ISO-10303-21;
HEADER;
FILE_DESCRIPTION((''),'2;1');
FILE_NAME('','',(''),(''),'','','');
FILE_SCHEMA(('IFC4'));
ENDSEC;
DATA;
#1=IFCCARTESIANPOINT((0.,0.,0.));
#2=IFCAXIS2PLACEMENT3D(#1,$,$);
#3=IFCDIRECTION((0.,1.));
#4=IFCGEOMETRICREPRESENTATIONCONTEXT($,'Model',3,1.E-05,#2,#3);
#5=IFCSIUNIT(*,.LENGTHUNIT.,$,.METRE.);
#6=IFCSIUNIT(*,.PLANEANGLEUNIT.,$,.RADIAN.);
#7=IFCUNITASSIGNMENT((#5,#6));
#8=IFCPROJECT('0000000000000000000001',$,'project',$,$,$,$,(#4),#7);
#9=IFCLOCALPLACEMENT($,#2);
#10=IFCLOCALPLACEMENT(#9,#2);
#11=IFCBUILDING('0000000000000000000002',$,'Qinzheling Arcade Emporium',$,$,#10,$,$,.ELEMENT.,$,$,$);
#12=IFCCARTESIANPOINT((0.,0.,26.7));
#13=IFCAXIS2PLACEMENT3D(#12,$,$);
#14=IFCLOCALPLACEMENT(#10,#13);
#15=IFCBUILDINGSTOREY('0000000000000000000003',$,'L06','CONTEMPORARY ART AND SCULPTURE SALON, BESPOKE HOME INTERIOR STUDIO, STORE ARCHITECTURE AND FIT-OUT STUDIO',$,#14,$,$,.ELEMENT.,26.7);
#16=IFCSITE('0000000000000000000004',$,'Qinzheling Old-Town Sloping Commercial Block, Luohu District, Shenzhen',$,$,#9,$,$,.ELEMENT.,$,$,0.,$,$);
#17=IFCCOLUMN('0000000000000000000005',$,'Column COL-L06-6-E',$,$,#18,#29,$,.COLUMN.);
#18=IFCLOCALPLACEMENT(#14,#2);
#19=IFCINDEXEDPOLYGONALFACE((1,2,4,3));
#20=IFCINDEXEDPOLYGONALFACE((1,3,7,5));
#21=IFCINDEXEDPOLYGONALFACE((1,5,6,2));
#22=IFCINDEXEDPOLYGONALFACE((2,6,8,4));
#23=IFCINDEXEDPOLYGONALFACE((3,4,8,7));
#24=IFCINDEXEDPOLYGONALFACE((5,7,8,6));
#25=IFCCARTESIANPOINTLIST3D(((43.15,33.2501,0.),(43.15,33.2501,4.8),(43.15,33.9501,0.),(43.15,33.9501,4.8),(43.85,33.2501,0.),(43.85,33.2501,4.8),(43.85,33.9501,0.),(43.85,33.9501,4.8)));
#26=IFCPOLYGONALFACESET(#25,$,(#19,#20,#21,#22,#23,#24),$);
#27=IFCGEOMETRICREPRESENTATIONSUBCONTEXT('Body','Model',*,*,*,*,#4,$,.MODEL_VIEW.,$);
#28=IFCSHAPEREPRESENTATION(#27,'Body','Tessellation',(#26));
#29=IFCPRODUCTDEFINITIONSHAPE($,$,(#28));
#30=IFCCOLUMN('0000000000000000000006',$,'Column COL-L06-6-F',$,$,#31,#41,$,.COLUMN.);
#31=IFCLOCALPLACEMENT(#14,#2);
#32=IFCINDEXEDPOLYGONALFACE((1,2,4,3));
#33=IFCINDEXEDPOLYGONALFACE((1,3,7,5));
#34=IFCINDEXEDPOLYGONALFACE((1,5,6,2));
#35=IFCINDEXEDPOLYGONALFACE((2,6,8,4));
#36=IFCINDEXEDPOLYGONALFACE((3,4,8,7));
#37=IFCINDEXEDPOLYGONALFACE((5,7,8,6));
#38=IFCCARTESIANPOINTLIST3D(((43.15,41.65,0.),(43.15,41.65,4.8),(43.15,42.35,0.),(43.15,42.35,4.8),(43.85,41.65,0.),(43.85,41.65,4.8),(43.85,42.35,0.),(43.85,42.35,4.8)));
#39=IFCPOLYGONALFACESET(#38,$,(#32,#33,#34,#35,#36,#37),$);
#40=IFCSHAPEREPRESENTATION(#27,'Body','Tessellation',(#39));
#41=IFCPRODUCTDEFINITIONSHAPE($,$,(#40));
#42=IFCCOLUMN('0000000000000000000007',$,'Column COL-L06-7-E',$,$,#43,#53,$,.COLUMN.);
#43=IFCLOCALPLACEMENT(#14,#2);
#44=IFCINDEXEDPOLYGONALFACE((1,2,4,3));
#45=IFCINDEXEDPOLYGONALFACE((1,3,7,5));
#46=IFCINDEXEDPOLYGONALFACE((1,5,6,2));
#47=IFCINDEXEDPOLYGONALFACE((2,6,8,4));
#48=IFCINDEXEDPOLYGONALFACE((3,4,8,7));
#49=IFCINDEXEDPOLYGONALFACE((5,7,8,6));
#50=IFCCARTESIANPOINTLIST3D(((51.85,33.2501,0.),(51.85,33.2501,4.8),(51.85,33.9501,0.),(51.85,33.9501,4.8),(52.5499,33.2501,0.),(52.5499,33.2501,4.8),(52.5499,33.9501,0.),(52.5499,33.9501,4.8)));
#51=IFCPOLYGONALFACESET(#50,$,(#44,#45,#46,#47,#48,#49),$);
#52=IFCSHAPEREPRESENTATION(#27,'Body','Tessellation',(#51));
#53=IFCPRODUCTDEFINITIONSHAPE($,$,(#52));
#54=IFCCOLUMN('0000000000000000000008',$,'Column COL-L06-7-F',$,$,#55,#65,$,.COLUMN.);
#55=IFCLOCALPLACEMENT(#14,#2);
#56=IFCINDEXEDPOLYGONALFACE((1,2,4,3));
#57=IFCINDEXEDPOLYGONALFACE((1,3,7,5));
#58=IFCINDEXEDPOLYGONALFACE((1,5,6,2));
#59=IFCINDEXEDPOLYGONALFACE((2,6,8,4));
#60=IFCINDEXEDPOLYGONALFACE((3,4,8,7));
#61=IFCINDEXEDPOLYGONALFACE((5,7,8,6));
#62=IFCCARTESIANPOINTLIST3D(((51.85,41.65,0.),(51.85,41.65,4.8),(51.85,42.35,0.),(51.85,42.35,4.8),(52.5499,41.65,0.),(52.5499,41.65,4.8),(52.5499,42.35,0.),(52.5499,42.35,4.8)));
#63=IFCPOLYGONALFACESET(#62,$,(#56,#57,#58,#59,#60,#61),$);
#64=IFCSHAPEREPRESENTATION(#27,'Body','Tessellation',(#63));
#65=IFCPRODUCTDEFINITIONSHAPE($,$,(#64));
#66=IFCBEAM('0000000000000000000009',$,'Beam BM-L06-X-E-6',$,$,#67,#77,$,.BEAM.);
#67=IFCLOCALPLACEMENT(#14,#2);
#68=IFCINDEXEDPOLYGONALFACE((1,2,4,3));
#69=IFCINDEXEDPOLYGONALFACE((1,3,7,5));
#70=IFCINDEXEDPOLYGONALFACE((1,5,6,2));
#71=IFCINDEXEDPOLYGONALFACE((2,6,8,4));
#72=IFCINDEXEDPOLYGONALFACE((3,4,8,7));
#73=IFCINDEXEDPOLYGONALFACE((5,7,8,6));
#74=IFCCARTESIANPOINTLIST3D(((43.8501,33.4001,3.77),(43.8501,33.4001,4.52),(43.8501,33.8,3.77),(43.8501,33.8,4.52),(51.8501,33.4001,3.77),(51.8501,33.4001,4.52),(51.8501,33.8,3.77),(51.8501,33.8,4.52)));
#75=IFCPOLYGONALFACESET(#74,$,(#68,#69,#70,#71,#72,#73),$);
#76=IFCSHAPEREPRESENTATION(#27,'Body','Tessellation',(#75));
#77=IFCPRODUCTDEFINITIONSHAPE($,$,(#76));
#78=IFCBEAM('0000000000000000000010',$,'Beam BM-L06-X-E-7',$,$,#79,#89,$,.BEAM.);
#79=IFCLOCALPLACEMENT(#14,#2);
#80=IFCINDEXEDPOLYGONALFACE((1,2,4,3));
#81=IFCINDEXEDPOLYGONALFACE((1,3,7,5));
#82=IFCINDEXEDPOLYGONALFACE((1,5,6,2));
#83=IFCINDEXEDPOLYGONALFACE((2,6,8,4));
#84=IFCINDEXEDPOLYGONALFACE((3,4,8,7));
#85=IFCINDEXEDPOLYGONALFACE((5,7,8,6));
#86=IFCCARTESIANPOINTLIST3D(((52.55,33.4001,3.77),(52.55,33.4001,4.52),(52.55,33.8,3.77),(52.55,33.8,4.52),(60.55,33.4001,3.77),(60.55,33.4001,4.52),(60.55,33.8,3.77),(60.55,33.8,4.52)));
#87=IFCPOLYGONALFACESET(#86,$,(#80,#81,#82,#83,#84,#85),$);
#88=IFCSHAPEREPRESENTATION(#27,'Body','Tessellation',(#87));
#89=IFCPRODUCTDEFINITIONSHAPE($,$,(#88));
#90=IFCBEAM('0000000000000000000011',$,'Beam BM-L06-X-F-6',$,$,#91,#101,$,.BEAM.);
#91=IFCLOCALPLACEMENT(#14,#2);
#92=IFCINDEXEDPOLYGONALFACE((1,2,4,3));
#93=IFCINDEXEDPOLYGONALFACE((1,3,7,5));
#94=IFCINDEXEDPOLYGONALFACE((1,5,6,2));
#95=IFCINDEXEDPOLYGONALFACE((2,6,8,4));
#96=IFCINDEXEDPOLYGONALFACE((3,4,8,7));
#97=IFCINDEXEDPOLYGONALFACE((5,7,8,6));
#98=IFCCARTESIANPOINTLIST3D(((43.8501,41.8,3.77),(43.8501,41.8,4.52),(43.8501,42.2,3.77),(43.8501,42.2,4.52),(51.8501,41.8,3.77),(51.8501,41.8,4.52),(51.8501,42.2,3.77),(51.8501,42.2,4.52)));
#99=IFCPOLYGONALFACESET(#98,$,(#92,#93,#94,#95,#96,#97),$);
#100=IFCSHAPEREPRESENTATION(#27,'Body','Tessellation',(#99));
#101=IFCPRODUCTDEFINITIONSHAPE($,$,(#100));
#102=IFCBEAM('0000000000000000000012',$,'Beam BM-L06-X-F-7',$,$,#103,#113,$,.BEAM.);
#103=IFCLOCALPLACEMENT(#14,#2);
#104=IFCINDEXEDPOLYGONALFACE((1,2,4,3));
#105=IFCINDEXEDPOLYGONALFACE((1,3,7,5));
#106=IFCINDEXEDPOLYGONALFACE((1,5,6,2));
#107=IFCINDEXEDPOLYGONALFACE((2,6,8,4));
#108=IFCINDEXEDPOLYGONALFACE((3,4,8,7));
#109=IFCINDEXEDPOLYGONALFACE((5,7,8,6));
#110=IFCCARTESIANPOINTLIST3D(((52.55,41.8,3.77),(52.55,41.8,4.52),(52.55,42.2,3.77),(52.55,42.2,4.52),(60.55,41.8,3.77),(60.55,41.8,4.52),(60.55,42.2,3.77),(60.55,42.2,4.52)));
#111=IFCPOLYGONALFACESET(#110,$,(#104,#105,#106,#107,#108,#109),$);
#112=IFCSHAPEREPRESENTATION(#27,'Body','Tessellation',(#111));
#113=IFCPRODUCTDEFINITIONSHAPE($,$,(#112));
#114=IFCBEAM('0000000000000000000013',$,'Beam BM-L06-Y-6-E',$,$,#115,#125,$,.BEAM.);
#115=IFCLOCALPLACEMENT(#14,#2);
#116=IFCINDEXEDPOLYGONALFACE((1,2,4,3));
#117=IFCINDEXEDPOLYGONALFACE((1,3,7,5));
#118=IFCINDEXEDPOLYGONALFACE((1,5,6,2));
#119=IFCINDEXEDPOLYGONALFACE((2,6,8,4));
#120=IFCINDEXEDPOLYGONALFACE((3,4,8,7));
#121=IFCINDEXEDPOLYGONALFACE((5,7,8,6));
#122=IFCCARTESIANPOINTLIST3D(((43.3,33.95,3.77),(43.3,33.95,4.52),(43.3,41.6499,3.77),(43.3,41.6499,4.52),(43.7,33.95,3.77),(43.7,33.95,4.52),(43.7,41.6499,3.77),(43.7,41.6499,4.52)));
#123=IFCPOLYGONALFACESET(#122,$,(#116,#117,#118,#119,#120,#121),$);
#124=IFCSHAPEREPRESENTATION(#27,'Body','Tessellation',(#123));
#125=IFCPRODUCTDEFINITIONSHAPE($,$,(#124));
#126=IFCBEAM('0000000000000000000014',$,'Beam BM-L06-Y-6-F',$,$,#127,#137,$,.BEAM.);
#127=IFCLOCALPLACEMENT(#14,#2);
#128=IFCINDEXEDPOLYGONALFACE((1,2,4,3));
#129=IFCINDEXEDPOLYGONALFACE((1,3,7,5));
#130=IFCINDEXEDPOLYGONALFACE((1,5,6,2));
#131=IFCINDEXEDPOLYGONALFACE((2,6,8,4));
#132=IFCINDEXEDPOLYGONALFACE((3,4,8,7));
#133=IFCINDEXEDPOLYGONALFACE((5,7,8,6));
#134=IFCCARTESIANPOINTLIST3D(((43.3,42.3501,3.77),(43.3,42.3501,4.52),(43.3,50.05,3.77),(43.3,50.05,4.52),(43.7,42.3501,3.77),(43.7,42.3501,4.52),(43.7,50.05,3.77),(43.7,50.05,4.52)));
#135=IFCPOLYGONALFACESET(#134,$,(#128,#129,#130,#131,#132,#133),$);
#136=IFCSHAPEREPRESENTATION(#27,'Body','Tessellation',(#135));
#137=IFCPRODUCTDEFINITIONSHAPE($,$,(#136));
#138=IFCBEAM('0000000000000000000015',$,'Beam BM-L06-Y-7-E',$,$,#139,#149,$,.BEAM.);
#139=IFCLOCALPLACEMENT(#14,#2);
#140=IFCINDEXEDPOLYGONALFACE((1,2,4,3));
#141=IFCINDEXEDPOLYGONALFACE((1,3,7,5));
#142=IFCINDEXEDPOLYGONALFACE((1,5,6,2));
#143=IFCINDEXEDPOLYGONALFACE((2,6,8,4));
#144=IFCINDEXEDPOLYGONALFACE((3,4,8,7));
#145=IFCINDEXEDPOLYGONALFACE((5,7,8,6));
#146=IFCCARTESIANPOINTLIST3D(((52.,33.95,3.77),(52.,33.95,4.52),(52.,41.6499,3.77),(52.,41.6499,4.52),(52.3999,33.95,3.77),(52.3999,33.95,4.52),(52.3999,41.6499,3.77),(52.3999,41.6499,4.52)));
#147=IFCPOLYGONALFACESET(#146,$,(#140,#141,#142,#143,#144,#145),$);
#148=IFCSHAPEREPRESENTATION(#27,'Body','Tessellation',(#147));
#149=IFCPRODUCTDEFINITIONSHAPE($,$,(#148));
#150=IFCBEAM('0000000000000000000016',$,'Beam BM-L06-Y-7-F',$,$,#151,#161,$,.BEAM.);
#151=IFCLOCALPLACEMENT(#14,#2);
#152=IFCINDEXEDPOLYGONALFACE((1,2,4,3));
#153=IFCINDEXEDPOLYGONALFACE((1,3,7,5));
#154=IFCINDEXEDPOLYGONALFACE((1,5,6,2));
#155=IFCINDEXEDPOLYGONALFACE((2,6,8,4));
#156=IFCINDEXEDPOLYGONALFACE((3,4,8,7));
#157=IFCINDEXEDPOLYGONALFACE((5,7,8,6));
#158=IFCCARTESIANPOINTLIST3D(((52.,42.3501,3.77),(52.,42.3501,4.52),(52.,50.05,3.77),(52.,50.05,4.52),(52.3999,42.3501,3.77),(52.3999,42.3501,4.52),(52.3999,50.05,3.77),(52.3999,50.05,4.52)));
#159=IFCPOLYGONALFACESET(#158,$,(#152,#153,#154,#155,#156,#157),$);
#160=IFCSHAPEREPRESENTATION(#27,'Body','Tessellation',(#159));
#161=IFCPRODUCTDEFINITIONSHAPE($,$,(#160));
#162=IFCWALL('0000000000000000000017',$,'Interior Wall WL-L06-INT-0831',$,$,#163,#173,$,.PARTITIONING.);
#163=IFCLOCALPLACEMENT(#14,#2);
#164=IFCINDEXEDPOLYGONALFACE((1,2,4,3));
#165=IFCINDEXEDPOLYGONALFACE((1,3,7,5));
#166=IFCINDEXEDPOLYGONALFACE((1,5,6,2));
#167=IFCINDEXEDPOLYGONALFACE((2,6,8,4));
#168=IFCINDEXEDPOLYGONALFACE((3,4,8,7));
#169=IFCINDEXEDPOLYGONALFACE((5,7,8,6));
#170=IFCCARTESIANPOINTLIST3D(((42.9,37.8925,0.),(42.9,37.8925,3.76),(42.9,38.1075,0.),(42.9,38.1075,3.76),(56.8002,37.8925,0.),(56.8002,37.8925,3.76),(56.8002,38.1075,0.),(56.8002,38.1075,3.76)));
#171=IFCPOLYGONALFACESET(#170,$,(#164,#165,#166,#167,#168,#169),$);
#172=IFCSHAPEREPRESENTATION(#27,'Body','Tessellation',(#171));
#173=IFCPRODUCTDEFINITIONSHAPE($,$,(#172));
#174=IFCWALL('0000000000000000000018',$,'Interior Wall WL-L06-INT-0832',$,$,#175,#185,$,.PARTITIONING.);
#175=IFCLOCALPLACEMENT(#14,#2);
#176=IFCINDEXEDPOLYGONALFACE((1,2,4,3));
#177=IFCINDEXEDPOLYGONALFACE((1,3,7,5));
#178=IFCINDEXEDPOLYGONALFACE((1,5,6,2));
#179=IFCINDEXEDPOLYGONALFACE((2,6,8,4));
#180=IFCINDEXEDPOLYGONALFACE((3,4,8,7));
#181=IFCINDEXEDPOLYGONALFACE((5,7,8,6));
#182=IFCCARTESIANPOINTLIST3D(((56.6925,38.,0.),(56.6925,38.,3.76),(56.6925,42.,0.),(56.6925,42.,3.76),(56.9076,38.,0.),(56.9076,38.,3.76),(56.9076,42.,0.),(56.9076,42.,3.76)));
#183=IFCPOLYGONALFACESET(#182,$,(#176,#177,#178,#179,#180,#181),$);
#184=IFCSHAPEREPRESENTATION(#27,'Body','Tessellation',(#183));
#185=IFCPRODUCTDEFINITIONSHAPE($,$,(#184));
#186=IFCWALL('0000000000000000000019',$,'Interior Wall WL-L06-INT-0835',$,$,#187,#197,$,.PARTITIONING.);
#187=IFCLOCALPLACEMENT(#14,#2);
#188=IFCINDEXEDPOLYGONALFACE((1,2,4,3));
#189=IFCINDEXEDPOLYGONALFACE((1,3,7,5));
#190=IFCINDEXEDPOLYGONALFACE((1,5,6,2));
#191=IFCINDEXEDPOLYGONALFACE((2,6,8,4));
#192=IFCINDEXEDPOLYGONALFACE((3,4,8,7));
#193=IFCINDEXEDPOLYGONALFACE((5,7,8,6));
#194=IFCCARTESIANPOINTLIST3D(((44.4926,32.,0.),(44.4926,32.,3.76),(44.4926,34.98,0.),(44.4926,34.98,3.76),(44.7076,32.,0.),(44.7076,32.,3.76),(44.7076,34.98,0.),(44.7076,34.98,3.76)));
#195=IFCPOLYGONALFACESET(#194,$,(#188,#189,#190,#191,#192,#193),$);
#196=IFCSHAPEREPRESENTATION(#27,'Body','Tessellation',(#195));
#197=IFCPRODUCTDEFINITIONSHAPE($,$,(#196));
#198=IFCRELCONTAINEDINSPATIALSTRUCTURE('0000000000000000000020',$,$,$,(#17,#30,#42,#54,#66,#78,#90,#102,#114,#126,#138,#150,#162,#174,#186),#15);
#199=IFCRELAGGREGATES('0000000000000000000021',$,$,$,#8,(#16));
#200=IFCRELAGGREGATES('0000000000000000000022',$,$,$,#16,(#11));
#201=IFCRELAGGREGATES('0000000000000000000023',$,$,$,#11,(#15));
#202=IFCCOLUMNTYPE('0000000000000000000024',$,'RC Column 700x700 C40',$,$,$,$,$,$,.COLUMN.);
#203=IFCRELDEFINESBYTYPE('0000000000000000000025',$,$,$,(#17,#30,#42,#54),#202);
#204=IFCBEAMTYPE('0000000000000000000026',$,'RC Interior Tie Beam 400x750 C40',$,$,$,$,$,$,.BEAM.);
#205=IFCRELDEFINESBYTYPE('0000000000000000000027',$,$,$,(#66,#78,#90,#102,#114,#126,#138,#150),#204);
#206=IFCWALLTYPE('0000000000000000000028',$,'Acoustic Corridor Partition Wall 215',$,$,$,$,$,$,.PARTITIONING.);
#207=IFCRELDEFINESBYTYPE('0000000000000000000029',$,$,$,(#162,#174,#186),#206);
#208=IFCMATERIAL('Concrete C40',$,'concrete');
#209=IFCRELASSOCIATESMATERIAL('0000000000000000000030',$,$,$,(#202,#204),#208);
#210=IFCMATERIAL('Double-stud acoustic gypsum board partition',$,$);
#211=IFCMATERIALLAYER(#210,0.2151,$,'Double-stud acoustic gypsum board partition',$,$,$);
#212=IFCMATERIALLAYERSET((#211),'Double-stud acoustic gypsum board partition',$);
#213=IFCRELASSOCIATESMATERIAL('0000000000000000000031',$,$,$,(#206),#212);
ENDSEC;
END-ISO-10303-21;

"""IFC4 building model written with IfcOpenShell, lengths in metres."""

from ifc_helpers import new_model, si_unit, direction, frame, frame_2d, origin, origin_2d, place, context, subcontext, project, spatial, rectangle, extrude, material, layer, layer_set, material_profile, profile_set, type_object, element, save


model = new_model("IFC4")

# Units and contexts
model_context = context("Model", 3, precision=1e-05, world=origin(), true_north=direction((0.0, 1.0)))
body_context = subcontext(model_context, "Body", "Model", "MODEL_VIEW")
ifc_project = project(units=[si_unit("LENGTHUNIT", "METRE"), si_unit("PLANEANGLEUNIT", "RADIAN")], contexts=[model_context])

# Site, building, storey
site_placement = place(None, origin())
site = spatial("IfcSite", under=ifc_project, at=site_placement, Name="Qinzheling Old-Town Sloping Commercial Block, Luohu District, Shenzhen", CompositionType="ELEMENT", RefElevation=0.0)
building_placement = place(site_placement, origin())
building = spatial("IfcBuilding", under=site, at=building_placement, Name="Qinzheling Arcade Emporium", CompositionType="ELEMENT")
storey_placement = place(building_placement, frame((0.0, 0.0, 26.7)))
storey = spatial("IfcBuildingStorey", under=building, at=storey_placement, Name="L06", Description="CONTEMPORARY ART AND SCULPTURE SALON, BESPOKE HOME INTERIOR STUDIO, STORE ARCHITECTURE AND FIT-OUT STUDIO", CompositionType="ELEMENT", Elevation=26.7)

# Columns
ifc_material_1 = material(Name="Concrete C40", Category="concrete")
ifc_material_profile_1 = material_profile(ifc_material_1, rectangle(XDim=0.7, YDim=0.7, at=origin_2d()), Name="RC 700x700", Category="concrete")
ifc_profile_set_1 = profile_set([ifc_material_profile_1], Name="Concrete C40")
column_type = type_object("IfcColumnType", Name="RC Column 700x700 C40", PredefinedType="COLUMN", material=ifc_profile_set_1)
for number, where, z_axis, x_axis, name in (
    (1, (43.5, 33.6001, 0.0), (0.0, 0.0, 1.0), (1.0, 0.0, 0.0), "Column COL-L06-6-E"),
    (2, (43.5, 42.0, 0.0), (0.0, 0.0, 1.0), (1.0, 0.0, 0.0), "Column COL-L06-6-F"),
    (3, (52.2, 33.6001, 0.0), (0.0, 0.0, 1.0), (1.0, 0.0, 0.0), "Column COL-L06-7-E"),
    (4, (52.2, 42.0, 0.0), (0.0, 0.0, 1.0), (1.0, 0.0, 0.0), "Column COL-L06-7-F"),
):
    element("IfcColumn", number, at=place(storey_placement, frame(where, z_axis=z_axis, x_axis=x_axis)), inside=storey, type_object=column_type, Name=name, PredefinedType="COLUMN", context=body_context, shape_type="SweptSolid", body=[
        extrude(rectangle(XDim=0.7, YDim=0.7, at=origin_2d()), origin(), (0.0, 0.0, 1.0), 4.8),
    ])

# Beams
ifc_material_profile_2 = material_profile(ifc_material_1, rectangle(XDim=0.3999, YDim=0.75, at=origin_2d()), Name="RC 400x750", Category="concrete")
ifc_profile_set_2 = profile_set([ifc_material_profile_2], Name="Concrete C40")
beam_type = type_object("IfcBeamType", Name="RC Interior Tie Beam 400x750 C40", PredefinedType="BEAM", material=ifc_profile_set_2)
for number, where, z_axis, x_axis, name in (
    (5, (43.8501, 33.6001, 4.145), (1.0, 0.0, 0.0), (0.0, 1.0, 0.0), "Beam BM-L06-X-E-6"),
    (6, (52.55, 33.6001, 4.145), (1.0, 0.0, 0.0), (0.0, 1.0, 0.0), "Beam BM-L06-X-E-7"),
    (7, (43.8501, 42.0, 4.145), (1.0, 0.0, 0.0), (0.0, 1.0, 0.0), "Beam BM-L06-X-F-6"),
    (8, (52.55, 42.0, 4.145), (1.0, 0.0, 0.0), (0.0, 1.0, 0.0), "Beam BM-L06-X-F-7"),
):
    element("IfcBeam", number, at=place(storey_placement, frame(where, z_axis=z_axis, x_axis=x_axis)), inside=storey, type_object=beam_type, Name=name, PredefinedType="BEAM", context=body_context, shape_type="SweptSolid", body=[
        extrude(rectangle(XDim=0.3999, YDim=0.75, at=origin_2d()), origin(), (0.0, 0.0, 1.0), 8.0),
    ])
for number, where, z_axis, x_axis, name in (
    (9, (43.5, 33.95, 4.145), (0.0, 1.0, 0.0), (-1.0, 0.0, 0.0), "Beam BM-L06-Y-6-E"),
    (10, (43.5, 42.3501, 4.145), (0.0, 1.0, 0.0), (-1.0, 0.0, 0.0), "Beam BM-L06-Y-6-F"),
    (11, (52.2, 33.95, 4.145), (0.0, 1.0, 0.0), (-1.0, 0.0, 0.0), "Beam BM-L06-Y-7-E"),
    (12, (52.2, 42.3501, 4.145), (0.0, 1.0, 0.0), (-1.0, 0.0, 0.0), "Beam BM-L06-Y-7-F"),
):
    element("IfcBeam", number, at=place(storey_placement, frame(where, z_axis=z_axis, x_axis=x_axis)), inside=storey, type_object=beam_type, Name=name, PredefinedType="BEAM", context=body_context, shape_type="SweptSolid", body=[
        extrude(rectangle(XDim=0.3999, YDim=0.75, at=origin_2d()), origin(), (0.0, 0.0, 1.0), 7.7),
    ])

# Walls
ifc_material_2 = material(Name="Double-stud acoustic gypsum board partition")
ifc_layer_1 = layer(ifc_material_2, 0.2151, Name="Double-stud acoustic gypsum board partition")
ifc_layer_set_1 = layer_set([ifc_layer_1], Name="Double-stud acoustic gypsum board partition")
wall_type_1 = type_object("IfcWallType", Name="Acoustic Corridor Partition Wall 215", PredefinedType="PARTITIONING", material=ifc_layer_set_1)
wall_1_placement = place(storey_placement, frame((42.8999, 38.0, 0.0), z_axis=(0.0, 0.0, 1.0), x_axis=(1.0, 0.0, 0.0)))
element("IfcWall", 13, at=wall_1_placement, inside=storey, type_object=wall_type_1, Name="Interior Wall WL-L06-INT-0831", PredefinedType="PARTITIONING", context=body_context, shape_type="SweptSolid", body=[
    extrude(rectangle(XDim=13.9001, YDim=0.2151, at=frame_2d((6.9502, 0.0))), origin(), (0.0, 0.0, 1.0), 3.76),
])
wall_2_placement = place(storey_placement, frame((56.8, 38.0, 0.0), z_axis=(0.0, 0.0, 1.0), x_axis=(0.0, 1.0, 0.0)))
element("IfcWall", 14, at=wall_2_placement, inside=storey, type_object=wall_type_1, Name="Interior Wall WL-L06-INT-0832", PredefinedType="PARTITIONING", context=body_context, shape_type="SweptSolid", body=[
    extrude(rectangle(XDim=4.0, YDim=0.2151, at=frame_2d((2.0, 0.0))), origin(), (0.0, 0.0, 1.0), 3.76),
])
wall_3_placement = place(storey_placement, frame((44.6001, 32.0, 0.0), z_axis=(0.0, 0.0, 1.0), x_axis=(0.0, 1.0, 0.0)))
element("IfcWall", 15, at=wall_3_placement, inside=storey, type_object=wall_type_1, Name="Interior Wall WL-L06-INT-0835", PredefinedType="PARTITIONING", context=body_context, shape_type="SweptSolid", body=[
    extrude(rectangle(XDim=2.98, YDim=0.2151, at=frame_2d((1.49, 0.0))), origin(), (0.0, 0.0, 1.0), 3.76),
])

save(model, "model.ifc")
